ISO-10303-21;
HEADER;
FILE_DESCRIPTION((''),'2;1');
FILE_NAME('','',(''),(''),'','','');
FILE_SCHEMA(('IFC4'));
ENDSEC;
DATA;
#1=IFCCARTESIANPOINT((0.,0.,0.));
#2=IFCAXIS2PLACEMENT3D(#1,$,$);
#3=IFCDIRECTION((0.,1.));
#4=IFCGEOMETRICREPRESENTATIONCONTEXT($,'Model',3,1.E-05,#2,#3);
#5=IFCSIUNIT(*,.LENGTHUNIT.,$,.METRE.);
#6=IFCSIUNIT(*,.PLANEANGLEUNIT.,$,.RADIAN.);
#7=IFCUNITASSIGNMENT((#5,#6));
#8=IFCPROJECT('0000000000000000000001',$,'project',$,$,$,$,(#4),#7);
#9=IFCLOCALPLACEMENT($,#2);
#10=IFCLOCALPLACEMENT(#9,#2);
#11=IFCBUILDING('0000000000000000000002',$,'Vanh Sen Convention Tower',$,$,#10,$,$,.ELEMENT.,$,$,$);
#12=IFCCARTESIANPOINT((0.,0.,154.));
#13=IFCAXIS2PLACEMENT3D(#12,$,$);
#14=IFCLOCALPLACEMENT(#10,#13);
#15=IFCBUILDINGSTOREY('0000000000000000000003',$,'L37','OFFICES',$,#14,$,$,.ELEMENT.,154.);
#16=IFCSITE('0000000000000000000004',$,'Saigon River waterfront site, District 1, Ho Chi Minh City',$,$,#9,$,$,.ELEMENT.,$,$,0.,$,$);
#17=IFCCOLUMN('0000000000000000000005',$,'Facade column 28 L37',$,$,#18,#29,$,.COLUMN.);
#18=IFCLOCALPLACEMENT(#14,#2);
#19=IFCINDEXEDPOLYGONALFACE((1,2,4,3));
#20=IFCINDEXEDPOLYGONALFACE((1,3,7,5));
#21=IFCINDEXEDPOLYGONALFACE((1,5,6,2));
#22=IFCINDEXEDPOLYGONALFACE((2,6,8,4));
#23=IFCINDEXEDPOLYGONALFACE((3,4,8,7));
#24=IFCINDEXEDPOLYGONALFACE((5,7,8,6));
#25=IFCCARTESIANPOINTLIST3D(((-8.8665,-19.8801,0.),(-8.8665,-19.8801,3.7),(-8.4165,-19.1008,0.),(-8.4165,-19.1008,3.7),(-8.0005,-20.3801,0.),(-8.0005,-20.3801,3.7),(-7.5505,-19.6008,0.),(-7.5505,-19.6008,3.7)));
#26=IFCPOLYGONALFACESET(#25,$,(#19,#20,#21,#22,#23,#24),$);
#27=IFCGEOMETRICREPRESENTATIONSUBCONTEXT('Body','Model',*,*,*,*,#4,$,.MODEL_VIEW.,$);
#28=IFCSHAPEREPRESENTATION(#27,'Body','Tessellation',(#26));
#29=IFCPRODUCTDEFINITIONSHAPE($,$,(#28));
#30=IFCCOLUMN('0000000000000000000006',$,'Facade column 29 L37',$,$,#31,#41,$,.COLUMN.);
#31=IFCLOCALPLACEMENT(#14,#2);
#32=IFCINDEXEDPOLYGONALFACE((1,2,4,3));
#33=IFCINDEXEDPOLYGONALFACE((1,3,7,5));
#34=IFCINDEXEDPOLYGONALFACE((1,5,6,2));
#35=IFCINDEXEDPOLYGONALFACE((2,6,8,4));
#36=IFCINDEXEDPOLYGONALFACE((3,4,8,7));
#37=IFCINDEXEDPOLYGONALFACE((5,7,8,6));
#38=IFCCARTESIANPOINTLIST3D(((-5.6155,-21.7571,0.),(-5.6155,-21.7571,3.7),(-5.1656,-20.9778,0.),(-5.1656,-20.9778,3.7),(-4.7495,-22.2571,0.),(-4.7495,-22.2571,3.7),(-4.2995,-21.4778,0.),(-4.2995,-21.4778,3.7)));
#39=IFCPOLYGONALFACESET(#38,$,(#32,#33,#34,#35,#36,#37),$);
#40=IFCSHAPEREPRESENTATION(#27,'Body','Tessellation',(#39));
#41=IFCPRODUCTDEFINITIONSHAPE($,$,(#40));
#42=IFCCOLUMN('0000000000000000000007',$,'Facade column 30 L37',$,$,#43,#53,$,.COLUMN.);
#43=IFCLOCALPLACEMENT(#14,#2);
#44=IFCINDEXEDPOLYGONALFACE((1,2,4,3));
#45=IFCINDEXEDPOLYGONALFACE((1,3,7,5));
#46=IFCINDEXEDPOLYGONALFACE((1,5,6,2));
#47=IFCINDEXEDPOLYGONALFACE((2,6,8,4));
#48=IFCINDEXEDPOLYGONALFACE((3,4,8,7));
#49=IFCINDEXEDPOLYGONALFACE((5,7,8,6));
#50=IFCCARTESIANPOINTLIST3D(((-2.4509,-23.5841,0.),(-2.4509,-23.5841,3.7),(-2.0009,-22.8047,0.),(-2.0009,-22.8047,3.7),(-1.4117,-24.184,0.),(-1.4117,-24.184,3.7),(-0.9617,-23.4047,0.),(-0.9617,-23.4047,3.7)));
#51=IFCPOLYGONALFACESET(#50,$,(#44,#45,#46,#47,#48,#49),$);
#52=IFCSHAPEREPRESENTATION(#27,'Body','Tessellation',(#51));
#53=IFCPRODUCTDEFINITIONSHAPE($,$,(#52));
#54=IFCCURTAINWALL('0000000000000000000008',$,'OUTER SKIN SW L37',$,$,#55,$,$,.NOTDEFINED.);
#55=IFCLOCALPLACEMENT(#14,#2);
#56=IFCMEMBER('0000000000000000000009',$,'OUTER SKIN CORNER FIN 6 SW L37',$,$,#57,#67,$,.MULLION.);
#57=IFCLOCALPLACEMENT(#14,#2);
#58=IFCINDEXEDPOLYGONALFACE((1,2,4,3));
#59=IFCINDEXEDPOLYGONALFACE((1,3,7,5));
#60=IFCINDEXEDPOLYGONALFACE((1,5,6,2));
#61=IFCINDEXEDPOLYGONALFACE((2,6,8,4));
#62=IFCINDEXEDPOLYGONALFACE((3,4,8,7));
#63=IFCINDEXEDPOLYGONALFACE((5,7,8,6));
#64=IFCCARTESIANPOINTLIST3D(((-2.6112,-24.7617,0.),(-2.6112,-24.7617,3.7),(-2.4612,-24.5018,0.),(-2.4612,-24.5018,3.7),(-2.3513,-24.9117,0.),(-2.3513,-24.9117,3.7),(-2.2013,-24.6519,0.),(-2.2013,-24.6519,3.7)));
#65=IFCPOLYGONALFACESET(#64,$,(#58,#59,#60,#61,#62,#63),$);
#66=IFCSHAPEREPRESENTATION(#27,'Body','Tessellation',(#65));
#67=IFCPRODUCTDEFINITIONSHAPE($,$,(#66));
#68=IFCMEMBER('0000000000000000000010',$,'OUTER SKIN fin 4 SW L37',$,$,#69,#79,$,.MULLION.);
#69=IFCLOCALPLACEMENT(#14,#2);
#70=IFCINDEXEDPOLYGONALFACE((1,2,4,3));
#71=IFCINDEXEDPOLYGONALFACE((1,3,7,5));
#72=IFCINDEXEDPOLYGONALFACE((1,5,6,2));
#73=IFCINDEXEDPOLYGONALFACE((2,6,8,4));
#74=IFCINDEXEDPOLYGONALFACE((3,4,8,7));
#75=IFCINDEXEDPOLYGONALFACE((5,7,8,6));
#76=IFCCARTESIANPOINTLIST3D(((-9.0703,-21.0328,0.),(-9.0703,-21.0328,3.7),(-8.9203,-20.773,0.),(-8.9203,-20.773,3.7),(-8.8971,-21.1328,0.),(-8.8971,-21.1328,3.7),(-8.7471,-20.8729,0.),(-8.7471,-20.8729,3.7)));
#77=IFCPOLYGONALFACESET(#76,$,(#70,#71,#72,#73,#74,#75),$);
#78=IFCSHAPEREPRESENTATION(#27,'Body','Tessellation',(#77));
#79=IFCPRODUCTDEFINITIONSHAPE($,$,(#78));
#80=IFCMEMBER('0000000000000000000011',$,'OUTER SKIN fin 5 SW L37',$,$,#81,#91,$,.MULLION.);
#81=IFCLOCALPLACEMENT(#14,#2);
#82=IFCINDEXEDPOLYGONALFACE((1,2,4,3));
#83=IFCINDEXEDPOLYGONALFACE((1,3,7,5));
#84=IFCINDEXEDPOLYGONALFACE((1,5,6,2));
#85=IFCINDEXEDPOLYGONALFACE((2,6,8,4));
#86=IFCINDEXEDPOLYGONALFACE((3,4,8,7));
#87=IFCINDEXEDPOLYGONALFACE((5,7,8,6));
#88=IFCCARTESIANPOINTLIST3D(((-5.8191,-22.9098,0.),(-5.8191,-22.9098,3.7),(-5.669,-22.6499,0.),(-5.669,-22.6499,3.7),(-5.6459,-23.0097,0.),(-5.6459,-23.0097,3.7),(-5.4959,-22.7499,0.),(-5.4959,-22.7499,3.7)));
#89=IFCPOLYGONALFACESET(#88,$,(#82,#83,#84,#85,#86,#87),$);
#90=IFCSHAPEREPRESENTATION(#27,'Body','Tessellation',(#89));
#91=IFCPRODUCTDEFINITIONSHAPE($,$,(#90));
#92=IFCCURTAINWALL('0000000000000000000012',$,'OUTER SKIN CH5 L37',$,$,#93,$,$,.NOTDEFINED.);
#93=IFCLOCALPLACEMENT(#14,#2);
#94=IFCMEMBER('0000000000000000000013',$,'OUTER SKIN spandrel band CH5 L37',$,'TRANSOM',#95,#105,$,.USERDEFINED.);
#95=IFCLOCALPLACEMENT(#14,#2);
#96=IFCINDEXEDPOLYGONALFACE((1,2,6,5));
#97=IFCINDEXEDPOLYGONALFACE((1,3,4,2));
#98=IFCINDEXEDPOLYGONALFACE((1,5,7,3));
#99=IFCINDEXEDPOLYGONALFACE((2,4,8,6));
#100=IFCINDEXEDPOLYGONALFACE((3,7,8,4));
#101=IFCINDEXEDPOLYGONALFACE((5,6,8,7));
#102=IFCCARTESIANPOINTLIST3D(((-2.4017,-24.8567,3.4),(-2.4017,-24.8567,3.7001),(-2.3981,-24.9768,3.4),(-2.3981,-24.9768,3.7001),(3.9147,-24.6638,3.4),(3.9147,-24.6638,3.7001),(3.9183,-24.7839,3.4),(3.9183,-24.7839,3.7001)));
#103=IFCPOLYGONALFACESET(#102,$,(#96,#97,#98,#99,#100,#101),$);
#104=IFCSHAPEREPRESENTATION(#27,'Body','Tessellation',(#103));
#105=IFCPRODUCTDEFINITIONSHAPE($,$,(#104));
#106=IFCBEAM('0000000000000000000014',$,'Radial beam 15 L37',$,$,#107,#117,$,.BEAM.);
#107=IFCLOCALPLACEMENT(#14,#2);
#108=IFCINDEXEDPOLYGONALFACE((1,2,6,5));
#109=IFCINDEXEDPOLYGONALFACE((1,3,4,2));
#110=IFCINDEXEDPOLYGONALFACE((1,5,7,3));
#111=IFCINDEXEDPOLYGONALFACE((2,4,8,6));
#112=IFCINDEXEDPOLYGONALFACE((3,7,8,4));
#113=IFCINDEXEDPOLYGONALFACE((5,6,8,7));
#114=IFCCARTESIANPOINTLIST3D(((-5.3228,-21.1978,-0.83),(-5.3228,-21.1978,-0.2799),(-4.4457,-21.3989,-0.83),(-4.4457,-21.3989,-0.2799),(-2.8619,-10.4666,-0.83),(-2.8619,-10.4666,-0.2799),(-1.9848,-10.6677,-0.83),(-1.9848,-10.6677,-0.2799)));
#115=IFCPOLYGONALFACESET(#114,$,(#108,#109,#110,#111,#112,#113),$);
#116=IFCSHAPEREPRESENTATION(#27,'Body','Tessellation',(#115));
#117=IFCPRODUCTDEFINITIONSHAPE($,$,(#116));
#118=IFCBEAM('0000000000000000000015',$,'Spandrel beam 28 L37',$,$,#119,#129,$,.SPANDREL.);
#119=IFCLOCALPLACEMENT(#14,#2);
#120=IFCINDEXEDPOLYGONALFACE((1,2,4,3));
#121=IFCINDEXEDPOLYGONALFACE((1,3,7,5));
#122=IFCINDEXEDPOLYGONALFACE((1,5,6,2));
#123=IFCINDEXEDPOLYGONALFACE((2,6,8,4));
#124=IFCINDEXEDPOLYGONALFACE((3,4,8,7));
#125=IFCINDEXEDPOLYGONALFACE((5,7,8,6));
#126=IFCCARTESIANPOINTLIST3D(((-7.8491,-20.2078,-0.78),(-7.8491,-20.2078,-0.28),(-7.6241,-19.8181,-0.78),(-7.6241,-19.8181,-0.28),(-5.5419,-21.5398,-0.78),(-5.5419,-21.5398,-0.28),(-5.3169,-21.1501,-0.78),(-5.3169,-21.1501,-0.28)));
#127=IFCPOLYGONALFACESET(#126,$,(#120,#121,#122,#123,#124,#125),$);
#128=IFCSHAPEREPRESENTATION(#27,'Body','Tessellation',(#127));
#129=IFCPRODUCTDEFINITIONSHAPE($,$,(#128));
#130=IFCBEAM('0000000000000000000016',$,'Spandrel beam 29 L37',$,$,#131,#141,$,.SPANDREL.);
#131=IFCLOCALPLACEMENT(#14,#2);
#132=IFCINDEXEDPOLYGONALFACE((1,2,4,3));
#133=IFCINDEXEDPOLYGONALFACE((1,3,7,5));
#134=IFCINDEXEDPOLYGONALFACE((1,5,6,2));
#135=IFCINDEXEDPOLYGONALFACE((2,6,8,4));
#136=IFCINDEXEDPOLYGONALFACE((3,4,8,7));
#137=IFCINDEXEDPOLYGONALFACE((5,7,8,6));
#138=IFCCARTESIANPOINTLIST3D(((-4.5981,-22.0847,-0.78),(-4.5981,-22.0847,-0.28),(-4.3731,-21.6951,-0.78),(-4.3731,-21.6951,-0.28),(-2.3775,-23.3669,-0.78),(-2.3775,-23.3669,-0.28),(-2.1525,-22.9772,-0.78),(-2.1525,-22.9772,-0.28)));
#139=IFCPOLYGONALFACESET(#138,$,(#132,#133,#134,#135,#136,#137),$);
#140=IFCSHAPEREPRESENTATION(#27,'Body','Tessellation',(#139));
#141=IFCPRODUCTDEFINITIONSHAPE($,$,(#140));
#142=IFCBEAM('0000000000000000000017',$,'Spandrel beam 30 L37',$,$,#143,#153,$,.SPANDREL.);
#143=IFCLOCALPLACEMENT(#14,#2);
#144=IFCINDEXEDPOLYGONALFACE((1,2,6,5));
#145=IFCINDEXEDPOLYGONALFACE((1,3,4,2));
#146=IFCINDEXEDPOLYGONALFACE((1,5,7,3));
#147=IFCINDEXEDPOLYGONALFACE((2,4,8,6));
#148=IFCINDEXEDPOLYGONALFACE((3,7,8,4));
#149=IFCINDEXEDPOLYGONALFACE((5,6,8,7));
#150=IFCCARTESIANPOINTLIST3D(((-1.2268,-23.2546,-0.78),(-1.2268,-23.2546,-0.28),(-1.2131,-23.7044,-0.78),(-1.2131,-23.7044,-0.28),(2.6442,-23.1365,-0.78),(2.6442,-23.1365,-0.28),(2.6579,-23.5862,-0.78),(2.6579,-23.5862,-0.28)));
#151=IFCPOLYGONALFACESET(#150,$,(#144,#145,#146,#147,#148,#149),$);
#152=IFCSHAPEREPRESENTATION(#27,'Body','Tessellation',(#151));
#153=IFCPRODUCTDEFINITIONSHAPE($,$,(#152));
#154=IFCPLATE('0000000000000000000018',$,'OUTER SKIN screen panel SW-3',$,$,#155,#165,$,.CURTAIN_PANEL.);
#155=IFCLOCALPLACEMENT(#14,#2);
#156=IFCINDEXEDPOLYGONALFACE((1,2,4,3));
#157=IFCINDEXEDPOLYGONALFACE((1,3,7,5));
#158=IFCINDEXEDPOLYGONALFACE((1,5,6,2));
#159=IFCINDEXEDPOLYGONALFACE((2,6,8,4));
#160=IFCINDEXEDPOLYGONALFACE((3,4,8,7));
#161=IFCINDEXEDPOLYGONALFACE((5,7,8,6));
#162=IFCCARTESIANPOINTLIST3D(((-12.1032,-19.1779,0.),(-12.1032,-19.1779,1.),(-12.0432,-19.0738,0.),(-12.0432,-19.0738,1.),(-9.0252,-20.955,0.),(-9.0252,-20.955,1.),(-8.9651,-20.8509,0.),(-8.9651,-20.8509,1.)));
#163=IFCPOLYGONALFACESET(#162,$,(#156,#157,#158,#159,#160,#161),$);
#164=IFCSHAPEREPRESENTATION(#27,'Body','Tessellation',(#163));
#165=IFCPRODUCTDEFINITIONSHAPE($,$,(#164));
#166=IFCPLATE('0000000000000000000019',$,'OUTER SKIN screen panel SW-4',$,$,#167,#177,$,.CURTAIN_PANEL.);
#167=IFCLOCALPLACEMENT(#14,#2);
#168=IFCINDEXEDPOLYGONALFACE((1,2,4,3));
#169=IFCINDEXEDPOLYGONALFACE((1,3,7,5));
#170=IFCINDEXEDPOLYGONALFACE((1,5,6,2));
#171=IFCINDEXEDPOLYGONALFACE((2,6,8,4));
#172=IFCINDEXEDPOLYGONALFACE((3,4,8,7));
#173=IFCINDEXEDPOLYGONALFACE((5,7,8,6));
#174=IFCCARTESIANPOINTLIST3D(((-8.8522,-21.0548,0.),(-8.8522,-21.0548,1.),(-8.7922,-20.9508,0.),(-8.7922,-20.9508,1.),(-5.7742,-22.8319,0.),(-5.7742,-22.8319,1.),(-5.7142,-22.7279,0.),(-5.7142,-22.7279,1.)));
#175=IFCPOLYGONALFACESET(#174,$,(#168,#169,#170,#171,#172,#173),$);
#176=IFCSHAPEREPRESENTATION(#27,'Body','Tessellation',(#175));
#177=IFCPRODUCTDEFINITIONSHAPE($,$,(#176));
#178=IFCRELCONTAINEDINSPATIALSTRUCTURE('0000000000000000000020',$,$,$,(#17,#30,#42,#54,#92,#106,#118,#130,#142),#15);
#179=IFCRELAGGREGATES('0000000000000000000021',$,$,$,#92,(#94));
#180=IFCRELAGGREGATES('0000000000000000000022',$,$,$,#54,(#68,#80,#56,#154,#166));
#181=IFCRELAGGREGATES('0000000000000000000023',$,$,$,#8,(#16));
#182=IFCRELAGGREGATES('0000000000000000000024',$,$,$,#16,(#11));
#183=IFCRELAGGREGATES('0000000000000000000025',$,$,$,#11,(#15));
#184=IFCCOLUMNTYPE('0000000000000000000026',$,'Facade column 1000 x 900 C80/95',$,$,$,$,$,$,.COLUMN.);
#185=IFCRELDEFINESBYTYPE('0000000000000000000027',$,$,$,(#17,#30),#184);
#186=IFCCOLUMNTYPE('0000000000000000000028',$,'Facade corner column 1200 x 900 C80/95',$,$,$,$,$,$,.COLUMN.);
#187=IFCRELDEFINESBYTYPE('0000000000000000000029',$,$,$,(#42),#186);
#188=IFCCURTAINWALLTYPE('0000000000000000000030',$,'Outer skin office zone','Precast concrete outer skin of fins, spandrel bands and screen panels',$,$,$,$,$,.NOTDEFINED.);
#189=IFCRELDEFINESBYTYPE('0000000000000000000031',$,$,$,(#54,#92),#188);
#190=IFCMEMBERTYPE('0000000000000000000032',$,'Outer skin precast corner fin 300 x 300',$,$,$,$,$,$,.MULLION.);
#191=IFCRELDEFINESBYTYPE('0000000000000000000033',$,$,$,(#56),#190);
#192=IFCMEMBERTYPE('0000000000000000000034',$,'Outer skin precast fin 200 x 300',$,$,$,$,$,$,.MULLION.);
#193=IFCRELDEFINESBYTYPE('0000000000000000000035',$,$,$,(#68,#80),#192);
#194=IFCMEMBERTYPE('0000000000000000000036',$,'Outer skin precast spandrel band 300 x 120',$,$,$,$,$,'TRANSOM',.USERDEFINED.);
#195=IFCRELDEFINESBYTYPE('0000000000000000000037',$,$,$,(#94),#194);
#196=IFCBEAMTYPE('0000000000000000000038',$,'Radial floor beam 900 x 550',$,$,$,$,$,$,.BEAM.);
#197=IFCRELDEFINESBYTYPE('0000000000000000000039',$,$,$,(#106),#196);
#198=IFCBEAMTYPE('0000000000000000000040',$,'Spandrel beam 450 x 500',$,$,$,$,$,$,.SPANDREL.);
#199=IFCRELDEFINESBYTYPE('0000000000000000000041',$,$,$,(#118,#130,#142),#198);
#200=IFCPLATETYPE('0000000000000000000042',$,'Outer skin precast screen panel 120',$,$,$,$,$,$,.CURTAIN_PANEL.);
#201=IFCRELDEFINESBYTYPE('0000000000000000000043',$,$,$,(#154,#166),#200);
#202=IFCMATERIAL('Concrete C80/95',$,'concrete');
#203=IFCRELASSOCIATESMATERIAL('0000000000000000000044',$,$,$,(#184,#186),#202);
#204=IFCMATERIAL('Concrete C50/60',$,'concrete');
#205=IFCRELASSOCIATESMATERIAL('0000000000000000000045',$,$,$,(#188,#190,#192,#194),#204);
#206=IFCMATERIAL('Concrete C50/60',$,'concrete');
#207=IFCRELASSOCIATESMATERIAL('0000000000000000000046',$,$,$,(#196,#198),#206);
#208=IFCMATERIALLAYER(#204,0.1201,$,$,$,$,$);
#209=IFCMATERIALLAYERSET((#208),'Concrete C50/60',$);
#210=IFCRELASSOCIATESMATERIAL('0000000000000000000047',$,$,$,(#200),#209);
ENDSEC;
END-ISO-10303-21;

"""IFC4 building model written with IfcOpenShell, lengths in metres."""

from ifc_helpers import new_model, si_unit, direction, frame, origin, origin_2d, place, context, subcontext, project, spatial, rectangle, extrude, material, layer, layer_set, material_profile, profile_set, type_object, element, aggregate, save


model = new_model("IFC4")

# Units and contexts
model_context = context("Model", 3, precision=1e-05, world=origin(), true_north=direction((0.0, 1.0)))
body_context = subcontext(model_context, "Body", "Model", "MODEL_VIEW")
ifc_project = project(units=[si_unit("LENGTHUNIT", "METRE"), si_unit("PLANEANGLEUNIT", "RADIAN")], contexts=[model_context])

# Site, building, storey
site_placement = place(None, origin())
site = spatial("IfcSite", under=ifc_project, at=site_placement, Name="Saigon River waterfront site, District 1, Ho Chi Minh City", CompositionType="ELEMENT", RefElevation=0.0)
building_placement = place(site_placement, origin())
building = spatial("IfcBuilding", under=site, at=building_placement, Name="Vanh Sen Convention Tower", CompositionType="ELEMENT")
storey_placement = place(building_placement, frame((0.0, 0.0, 154.0)))
storey = spatial("IfcBuildingStorey", under=building, at=storey_placement, Name="L37", Description="OFFICES", CompositionType="ELEMENT", Elevation=154.0)

# Columns
ifc_material_1 = material(Name="Concrete C80/95", Category="concrete")
ifc_material_profile_1 = material_profile(ifc_material_1, rectangle(XDim=1.0, YDim=0.8999, at=origin_2d()), Name="RC 1000X900")
ifc_profile_set_1 = profile_set([ifc_material_profile_1], Name="Concrete C80/95")
column_type_1 = type_object("IfcColumnType", Name="Facade column 1000 x 900 C80/95", PredefinedType="COLUMN", material=ifc_profile_set_1)
for number, where, z_axis, x_axis, name in (
    (1, (-8.2085, -19.7405, 0.0), (0.0, 0.0, 1.0), (0.866025, -0.5, 0.0), "Facade column 28 L37"),
    (2, (-4.9575, -21.6174, 0.0), (0.0, 0.0, 1.0), (0.866025, -0.5, 0.0), "Facade column 29 L37"),
):
    element("IfcColumn", number, at=place(storey_placement, frame(where, z_axis=z_axis, x_axis=x_axis)), inside=storey, type_object=column_type_1, Name=name, PredefinedType="COLUMN", context=body_context, shape_type="SweptSolid", body=[
        extrude(rectangle(XDim=1.0, YDim=0.8999, at=origin_2d()), origin(), (0.0, 0.0, 1.0), 3.7),
    ])
ifc_material_profile_2 = material_profile(ifc_material_1, rectangle(XDim=1.2, YDim=0.8999, at=origin_2d()), Name="RC 1200X900")
ifc_profile_set_2 = profile_set([ifc_material_profile_2], Name="Concrete C80/95")
column_type_2 = type_object("IfcColumnType", Name="Facade corner column 1200 x 900 C80/95", PredefinedType="COLUMN", material=ifc_profile_set_2)
column_placement = place(storey_placement, frame((-1.7063, -23.4944, 0.0), z_axis=(0.0, 0.0, 1.0), x_axis=(0.866025, -0.5, 0.0)))
element("IfcColumn", 3, at=column_placement, inside=storey, type_object=column_type_2, Name="Facade column 30 L37", PredefinedType="COLUMN", context=body_context, shape_type="SweptSolid", body=[
    extrude(rectangle(XDim=1.2, YDim=0.8999, at=origin_2d()), origin(), (0.0, 0.0, 1.0), 3.7),
])

# Curtain wall, members
ifc_material_2 = material(Name="Concrete C50/60", Category="concrete")
curtain_wall_type = type_object("IfcCurtainWallType", Name="Outer skin office zone", Description="Precast concrete outer skin of fins, spandrel bands and screen panels", PredefinedType="NOTDEFINED", material=ifc_material_2)
curtain_wall_1_placement = place(storey_placement, origin())
curtain_wall_1 = element("IfcCurtainWall", 4, at=curtain_wall_1_placement, inside=storey, type_object=curtain_wall_type, Name="OUTER SKIN SW L37", PredefinedType="NOTDEFINED")
ifc_material_profile_3 = material_profile(ifc_material_2, rectangle(XDim=0.3, YDim=0.3, at=origin_2d()), Name="Outer skin precast corner fin 300 x 300")
ifc_profile_set_3 = profile_set([ifc_material_profile_3], Name="Concrete C50/60")
member_type_1 = type_object("IfcMemberType", Name="Outer skin precast corner fin 300 x 300", PredefinedType="MULLION", material=ifc_profile_set_3)
member_1_placement = place(storey_placement, frame((-2.4062, -24.7068, 0.0), z_axis=(0.0, 0.0, 1.0), x_axis=(0.866025, -0.5, 0.0)))
member_1 = element("IfcMember", 5, at=member_1_placement, type_object=member_type_1, Name="OUTER SKIN CORNER FIN 6 SW L37", PredefinedType="MULLION", context=body_context, shape_type="SweptSolid", body=[
    extrude(rectangle(XDim=0.3, YDim=0.3, at=origin_2d()), origin(), (0.0, 0.0, 1.0), 3.7),
])
ifc_material_profile_4 = material_profile(ifc_material_2, rectangle(XDim=0.2, YDim=0.3, at=origin_2d()), Name="Outer skin precast fin 200 x 300")
ifc_profile_set_4 = profile_set([ifc_material_profile_4], Name="Concrete C50/60")
member_type_2 = type_object("IfcMemberType", Name="Outer skin precast fin 200 x 300", PredefinedType="MULLION", material=ifc_profile_set_4)
member_2_placement = place(storey_placement, frame((-8.9087, -20.9529, 0.0), z_axis=(0.0, 0.0, 1.0), x_axis=(0.866025, -0.5, 0.0)))
member_2 = element("IfcMember", 6, at=member_2_placement, type_object=member_type_2, Name="OUTER SKIN fin 4 SW L37", PredefinedType="MULLION", context=body_context, shape_type="SweptSolid", body=[
    extrude(rectangle(XDim=0.2, YDim=0.3, at=origin_2d()), origin(), (0.0, 0.0, 1.0), 3.7),
])
member_3_placement = place(storey_placement, frame((-5.6575, -22.8298, 0.0), z_axis=(0.0, 0.0, 1.0), x_axis=(0.866025, -0.5, 0.0)))
member_3 = element("IfcMember", 7, at=member_3_placement, type_object=member_type_2, Name="OUTER SKIN fin 5 SW L37", PredefinedType="MULLION", context=body_context, shape_type="SweptSolid", body=[
    extrude(rectangle(XDim=0.2, YDim=0.3, at=origin_2d()), origin(), (0.0, 0.0, 1.0), 3.7),
])

# Curtain wall, member
curtain_wall_2_placement = place(storey_placement, origin())
curtain_wall_2 = element("IfcCurtainWall", 8, at=curtain_wall_2_placement, inside=storey, type_object=curtain_wall_type, Name="OUTER SKIN CH5 L37", PredefinedType="NOTDEFINED")
ifc_material_profile_5 = material_profile(ifc_material_2, rectangle(XDim=0.1201, YDim=0.3, at=origin_2d()), Name="Outer skin precast spandrel band 300 x 120")
ifc_profile_set_5 = profile_set([ifc_material_profile_5], Name="Concrete C50/60")
member_type_3 = type_object("IfcMemberType", Name="Outer skin precast spandrel band 300 x 120", ElementType="TRANSOM", PredefinedType="USERDEFINED", material=ifc_profile_set_5)
member_4_placement = place(storey_placement, frame((-2.3999, -24.9167, 3.55), z_axis=(0.999534, 0.030521, 0.0), x_axis=(-0.030521, 0.999534, 0.0)))
member_4 = element("IfcMember", 9, at=member_4_placement, type_object=member_type_3, Name="OUTER SKIN spandrel band CH5 L37", ObjectType="TRANSOM", PredefinedType="USERDEFINED", context=body_context, shape_type="SweptSolid", body=[
    extrude(rectangle(XDim=0.1201, YDim=0.3, at=origin_2d()), origin(), (0.0, 0.0, 1.0), 6.3193),
])
aggregate(curtain_wall_2, [member_4])

# Beams
ifc_material_3 = material(Name="Concrete C50/60", Category="concrete")
ifc_material_profile_6 = material_profile(ifc_material_3, rectangle(XDim=0.8999, YDim=0.55, at=origin_2d()), Name="RC 900X550")
ifc_profile_set_6 = profile_set([ifc_material_profile_6], Name="Concrete C50/60")
beam_type_1 = type_object("IfcBeamType", Name="Radial floor beam 900 x 550", PredefinedType="BEAM", material=ifc_profile_set_6)
beam_1_placement = place(storey_placement, frame((-4.8843, -21.2983, -0.5549), z_axis=(0.223523, 0.974699, 0.0), x_axis=(-0.974699, 0.223523, 0.0)))
element("IfcBeam", 10, at=beam_1_placement, inside=storey, type_object=beam_type_1, Name="Radial beam 15 L37", PredefinedType="BEAM", context=body_context, shape_type="SweptSolid", body=[
    extrude(rectangle(XDim=0.8999, YDim=0.55, at=origin_2d()), origin(), (0.0, 0.0, 1.0), 11.0098),
])
ifc_material_profile_7 = material_profile(ifc_material_3, rectangle(XDim=0.45, YDim=0.5, at=origin_2d()), Name="RC 450X500")
ifc_profile_set_7 = profile_set([ifc_material_profile_7], Name="Concrete C50/60")
beam_type_2 = type_object("IfcBeamType", Name="Spandrel beam 450 x 500", PredefinedType="SPANDREL", material=ifc_profile_set_7)
beam_2_placement = place(storey_placement, frame((-7.7366, -20.0129, -0.53), z_axis=(0.866024, -0.500003, 0.0), x_axis=(0.500003, 0.866024, 0.0)))
element("IfcBeam", 11, at=beam_2_placement, inside=storey, type_object=beam_type_2, Name="Spandrel beam 28 L37", PredefinedType="SPANDREL", context=body_context, shape_type="SweptSolid", body=[
    extrude(rectangle(XDim=0.45, YDim=0.5, at=origin_2d()), origin(), (0.0, 0.0, 1.0), 2.6641),
])
beam_3_placement = place(storey_placement, frame((-4.4856, -21.8899, -0.53), z_axis=(0.866008, -0.50003, 0.0), x_axis=(0.50003, 0.866008, 0.0)))
element("IfcBeam", 12, at=beam_3_placement, inside=storey, type_object=beam_type_2, Name="Spandrel beam 29 L37", PredefinedType="SPANDREL", context=body_context, shape_type="SweptSolid", body=[
    extrude(rectangle(XDim=0.45, YDim=0.5, at=origin_2d()), origin(), (0.0, 0.0, 1.0), 2.5642),
])
beam_4_placement = place(storey_placement, frame((-1.22, -23.4795, -0.53), z_axis=(0.999534, 0.030511, 0.0), x_axis=(-0.030511, 0.999534, 0.0)))
element("IfcBeam", 13, at=beam_4_placement, inside=storey, type_object=beam_type_2, Name="Spandrel beam 30 L37", PredefinedType="SPANDREL", context=body_context, shape_type="SweptSolid", body=[
    extrude(rectangle(XDim=0.45, YDim=0.5, at=origin_2d()), origin(), (0.0, 0.0, 1.0), 3.8728),
])

# Plates
ifc_layer_1 = layer(ifc_material_2, 0.1201)
ifc_layer_set_1 = layer_set([ifc_layer_1], Name="Concrete C50/60")
plate_type = type_object("IfcPlateType", Name="Outer skin precast screen panel 120", PredefinedType="CURTAIN_PANEL", material=ifc_layer_set_1)
plate_1_placement = place(storey_placement, frame((-10.5342, -20.0144, 0.0), z_axis=(0.0, 0.0, 1.0), x_axis=(0.866024, -0.500003, 0.0)))
plate_1 = element("IfcPlate", 14, at=plate_1_placement, type_object=plate_type, Name="OUTER SKIN screen panel SW-3", PredefinedType="CURTAIN_PANEL", context=body_context, shape_type="SweptSolid", body=[
    extrude(rectangle(XDim=3.5542, YDim=0.1201, at=origin_2d()), origin(), (0.0, 0.0, 1.0), 1.0),
])
plate_2_placement = place(storey_placement, frame((-7.2832, -21.8914, 0.0), z_axis=(0.0, 0.0, 1.0), x_axis=(0.866017, -0.500015, 0.0)))
plate_2 = element("IfcPlate", 15, at=plate_2_placement, type_object=plate_type, Name="OUTER SKIN screen panel SW-4", PredefinedType="CURTAIN_PANEL", context=body_context, shape_type="SweptSolid", body=[
    extrude(rectangle(XDim=3.5542, YDim=0.1201, at=origin_2d()), origin(), (0.0, 0.0, 1.0), 1.0),
])
aggregate(curtain_wall_1, [member_2, member_3, member_1, plate_1, plate_2])

save(model, "model.ifc")
